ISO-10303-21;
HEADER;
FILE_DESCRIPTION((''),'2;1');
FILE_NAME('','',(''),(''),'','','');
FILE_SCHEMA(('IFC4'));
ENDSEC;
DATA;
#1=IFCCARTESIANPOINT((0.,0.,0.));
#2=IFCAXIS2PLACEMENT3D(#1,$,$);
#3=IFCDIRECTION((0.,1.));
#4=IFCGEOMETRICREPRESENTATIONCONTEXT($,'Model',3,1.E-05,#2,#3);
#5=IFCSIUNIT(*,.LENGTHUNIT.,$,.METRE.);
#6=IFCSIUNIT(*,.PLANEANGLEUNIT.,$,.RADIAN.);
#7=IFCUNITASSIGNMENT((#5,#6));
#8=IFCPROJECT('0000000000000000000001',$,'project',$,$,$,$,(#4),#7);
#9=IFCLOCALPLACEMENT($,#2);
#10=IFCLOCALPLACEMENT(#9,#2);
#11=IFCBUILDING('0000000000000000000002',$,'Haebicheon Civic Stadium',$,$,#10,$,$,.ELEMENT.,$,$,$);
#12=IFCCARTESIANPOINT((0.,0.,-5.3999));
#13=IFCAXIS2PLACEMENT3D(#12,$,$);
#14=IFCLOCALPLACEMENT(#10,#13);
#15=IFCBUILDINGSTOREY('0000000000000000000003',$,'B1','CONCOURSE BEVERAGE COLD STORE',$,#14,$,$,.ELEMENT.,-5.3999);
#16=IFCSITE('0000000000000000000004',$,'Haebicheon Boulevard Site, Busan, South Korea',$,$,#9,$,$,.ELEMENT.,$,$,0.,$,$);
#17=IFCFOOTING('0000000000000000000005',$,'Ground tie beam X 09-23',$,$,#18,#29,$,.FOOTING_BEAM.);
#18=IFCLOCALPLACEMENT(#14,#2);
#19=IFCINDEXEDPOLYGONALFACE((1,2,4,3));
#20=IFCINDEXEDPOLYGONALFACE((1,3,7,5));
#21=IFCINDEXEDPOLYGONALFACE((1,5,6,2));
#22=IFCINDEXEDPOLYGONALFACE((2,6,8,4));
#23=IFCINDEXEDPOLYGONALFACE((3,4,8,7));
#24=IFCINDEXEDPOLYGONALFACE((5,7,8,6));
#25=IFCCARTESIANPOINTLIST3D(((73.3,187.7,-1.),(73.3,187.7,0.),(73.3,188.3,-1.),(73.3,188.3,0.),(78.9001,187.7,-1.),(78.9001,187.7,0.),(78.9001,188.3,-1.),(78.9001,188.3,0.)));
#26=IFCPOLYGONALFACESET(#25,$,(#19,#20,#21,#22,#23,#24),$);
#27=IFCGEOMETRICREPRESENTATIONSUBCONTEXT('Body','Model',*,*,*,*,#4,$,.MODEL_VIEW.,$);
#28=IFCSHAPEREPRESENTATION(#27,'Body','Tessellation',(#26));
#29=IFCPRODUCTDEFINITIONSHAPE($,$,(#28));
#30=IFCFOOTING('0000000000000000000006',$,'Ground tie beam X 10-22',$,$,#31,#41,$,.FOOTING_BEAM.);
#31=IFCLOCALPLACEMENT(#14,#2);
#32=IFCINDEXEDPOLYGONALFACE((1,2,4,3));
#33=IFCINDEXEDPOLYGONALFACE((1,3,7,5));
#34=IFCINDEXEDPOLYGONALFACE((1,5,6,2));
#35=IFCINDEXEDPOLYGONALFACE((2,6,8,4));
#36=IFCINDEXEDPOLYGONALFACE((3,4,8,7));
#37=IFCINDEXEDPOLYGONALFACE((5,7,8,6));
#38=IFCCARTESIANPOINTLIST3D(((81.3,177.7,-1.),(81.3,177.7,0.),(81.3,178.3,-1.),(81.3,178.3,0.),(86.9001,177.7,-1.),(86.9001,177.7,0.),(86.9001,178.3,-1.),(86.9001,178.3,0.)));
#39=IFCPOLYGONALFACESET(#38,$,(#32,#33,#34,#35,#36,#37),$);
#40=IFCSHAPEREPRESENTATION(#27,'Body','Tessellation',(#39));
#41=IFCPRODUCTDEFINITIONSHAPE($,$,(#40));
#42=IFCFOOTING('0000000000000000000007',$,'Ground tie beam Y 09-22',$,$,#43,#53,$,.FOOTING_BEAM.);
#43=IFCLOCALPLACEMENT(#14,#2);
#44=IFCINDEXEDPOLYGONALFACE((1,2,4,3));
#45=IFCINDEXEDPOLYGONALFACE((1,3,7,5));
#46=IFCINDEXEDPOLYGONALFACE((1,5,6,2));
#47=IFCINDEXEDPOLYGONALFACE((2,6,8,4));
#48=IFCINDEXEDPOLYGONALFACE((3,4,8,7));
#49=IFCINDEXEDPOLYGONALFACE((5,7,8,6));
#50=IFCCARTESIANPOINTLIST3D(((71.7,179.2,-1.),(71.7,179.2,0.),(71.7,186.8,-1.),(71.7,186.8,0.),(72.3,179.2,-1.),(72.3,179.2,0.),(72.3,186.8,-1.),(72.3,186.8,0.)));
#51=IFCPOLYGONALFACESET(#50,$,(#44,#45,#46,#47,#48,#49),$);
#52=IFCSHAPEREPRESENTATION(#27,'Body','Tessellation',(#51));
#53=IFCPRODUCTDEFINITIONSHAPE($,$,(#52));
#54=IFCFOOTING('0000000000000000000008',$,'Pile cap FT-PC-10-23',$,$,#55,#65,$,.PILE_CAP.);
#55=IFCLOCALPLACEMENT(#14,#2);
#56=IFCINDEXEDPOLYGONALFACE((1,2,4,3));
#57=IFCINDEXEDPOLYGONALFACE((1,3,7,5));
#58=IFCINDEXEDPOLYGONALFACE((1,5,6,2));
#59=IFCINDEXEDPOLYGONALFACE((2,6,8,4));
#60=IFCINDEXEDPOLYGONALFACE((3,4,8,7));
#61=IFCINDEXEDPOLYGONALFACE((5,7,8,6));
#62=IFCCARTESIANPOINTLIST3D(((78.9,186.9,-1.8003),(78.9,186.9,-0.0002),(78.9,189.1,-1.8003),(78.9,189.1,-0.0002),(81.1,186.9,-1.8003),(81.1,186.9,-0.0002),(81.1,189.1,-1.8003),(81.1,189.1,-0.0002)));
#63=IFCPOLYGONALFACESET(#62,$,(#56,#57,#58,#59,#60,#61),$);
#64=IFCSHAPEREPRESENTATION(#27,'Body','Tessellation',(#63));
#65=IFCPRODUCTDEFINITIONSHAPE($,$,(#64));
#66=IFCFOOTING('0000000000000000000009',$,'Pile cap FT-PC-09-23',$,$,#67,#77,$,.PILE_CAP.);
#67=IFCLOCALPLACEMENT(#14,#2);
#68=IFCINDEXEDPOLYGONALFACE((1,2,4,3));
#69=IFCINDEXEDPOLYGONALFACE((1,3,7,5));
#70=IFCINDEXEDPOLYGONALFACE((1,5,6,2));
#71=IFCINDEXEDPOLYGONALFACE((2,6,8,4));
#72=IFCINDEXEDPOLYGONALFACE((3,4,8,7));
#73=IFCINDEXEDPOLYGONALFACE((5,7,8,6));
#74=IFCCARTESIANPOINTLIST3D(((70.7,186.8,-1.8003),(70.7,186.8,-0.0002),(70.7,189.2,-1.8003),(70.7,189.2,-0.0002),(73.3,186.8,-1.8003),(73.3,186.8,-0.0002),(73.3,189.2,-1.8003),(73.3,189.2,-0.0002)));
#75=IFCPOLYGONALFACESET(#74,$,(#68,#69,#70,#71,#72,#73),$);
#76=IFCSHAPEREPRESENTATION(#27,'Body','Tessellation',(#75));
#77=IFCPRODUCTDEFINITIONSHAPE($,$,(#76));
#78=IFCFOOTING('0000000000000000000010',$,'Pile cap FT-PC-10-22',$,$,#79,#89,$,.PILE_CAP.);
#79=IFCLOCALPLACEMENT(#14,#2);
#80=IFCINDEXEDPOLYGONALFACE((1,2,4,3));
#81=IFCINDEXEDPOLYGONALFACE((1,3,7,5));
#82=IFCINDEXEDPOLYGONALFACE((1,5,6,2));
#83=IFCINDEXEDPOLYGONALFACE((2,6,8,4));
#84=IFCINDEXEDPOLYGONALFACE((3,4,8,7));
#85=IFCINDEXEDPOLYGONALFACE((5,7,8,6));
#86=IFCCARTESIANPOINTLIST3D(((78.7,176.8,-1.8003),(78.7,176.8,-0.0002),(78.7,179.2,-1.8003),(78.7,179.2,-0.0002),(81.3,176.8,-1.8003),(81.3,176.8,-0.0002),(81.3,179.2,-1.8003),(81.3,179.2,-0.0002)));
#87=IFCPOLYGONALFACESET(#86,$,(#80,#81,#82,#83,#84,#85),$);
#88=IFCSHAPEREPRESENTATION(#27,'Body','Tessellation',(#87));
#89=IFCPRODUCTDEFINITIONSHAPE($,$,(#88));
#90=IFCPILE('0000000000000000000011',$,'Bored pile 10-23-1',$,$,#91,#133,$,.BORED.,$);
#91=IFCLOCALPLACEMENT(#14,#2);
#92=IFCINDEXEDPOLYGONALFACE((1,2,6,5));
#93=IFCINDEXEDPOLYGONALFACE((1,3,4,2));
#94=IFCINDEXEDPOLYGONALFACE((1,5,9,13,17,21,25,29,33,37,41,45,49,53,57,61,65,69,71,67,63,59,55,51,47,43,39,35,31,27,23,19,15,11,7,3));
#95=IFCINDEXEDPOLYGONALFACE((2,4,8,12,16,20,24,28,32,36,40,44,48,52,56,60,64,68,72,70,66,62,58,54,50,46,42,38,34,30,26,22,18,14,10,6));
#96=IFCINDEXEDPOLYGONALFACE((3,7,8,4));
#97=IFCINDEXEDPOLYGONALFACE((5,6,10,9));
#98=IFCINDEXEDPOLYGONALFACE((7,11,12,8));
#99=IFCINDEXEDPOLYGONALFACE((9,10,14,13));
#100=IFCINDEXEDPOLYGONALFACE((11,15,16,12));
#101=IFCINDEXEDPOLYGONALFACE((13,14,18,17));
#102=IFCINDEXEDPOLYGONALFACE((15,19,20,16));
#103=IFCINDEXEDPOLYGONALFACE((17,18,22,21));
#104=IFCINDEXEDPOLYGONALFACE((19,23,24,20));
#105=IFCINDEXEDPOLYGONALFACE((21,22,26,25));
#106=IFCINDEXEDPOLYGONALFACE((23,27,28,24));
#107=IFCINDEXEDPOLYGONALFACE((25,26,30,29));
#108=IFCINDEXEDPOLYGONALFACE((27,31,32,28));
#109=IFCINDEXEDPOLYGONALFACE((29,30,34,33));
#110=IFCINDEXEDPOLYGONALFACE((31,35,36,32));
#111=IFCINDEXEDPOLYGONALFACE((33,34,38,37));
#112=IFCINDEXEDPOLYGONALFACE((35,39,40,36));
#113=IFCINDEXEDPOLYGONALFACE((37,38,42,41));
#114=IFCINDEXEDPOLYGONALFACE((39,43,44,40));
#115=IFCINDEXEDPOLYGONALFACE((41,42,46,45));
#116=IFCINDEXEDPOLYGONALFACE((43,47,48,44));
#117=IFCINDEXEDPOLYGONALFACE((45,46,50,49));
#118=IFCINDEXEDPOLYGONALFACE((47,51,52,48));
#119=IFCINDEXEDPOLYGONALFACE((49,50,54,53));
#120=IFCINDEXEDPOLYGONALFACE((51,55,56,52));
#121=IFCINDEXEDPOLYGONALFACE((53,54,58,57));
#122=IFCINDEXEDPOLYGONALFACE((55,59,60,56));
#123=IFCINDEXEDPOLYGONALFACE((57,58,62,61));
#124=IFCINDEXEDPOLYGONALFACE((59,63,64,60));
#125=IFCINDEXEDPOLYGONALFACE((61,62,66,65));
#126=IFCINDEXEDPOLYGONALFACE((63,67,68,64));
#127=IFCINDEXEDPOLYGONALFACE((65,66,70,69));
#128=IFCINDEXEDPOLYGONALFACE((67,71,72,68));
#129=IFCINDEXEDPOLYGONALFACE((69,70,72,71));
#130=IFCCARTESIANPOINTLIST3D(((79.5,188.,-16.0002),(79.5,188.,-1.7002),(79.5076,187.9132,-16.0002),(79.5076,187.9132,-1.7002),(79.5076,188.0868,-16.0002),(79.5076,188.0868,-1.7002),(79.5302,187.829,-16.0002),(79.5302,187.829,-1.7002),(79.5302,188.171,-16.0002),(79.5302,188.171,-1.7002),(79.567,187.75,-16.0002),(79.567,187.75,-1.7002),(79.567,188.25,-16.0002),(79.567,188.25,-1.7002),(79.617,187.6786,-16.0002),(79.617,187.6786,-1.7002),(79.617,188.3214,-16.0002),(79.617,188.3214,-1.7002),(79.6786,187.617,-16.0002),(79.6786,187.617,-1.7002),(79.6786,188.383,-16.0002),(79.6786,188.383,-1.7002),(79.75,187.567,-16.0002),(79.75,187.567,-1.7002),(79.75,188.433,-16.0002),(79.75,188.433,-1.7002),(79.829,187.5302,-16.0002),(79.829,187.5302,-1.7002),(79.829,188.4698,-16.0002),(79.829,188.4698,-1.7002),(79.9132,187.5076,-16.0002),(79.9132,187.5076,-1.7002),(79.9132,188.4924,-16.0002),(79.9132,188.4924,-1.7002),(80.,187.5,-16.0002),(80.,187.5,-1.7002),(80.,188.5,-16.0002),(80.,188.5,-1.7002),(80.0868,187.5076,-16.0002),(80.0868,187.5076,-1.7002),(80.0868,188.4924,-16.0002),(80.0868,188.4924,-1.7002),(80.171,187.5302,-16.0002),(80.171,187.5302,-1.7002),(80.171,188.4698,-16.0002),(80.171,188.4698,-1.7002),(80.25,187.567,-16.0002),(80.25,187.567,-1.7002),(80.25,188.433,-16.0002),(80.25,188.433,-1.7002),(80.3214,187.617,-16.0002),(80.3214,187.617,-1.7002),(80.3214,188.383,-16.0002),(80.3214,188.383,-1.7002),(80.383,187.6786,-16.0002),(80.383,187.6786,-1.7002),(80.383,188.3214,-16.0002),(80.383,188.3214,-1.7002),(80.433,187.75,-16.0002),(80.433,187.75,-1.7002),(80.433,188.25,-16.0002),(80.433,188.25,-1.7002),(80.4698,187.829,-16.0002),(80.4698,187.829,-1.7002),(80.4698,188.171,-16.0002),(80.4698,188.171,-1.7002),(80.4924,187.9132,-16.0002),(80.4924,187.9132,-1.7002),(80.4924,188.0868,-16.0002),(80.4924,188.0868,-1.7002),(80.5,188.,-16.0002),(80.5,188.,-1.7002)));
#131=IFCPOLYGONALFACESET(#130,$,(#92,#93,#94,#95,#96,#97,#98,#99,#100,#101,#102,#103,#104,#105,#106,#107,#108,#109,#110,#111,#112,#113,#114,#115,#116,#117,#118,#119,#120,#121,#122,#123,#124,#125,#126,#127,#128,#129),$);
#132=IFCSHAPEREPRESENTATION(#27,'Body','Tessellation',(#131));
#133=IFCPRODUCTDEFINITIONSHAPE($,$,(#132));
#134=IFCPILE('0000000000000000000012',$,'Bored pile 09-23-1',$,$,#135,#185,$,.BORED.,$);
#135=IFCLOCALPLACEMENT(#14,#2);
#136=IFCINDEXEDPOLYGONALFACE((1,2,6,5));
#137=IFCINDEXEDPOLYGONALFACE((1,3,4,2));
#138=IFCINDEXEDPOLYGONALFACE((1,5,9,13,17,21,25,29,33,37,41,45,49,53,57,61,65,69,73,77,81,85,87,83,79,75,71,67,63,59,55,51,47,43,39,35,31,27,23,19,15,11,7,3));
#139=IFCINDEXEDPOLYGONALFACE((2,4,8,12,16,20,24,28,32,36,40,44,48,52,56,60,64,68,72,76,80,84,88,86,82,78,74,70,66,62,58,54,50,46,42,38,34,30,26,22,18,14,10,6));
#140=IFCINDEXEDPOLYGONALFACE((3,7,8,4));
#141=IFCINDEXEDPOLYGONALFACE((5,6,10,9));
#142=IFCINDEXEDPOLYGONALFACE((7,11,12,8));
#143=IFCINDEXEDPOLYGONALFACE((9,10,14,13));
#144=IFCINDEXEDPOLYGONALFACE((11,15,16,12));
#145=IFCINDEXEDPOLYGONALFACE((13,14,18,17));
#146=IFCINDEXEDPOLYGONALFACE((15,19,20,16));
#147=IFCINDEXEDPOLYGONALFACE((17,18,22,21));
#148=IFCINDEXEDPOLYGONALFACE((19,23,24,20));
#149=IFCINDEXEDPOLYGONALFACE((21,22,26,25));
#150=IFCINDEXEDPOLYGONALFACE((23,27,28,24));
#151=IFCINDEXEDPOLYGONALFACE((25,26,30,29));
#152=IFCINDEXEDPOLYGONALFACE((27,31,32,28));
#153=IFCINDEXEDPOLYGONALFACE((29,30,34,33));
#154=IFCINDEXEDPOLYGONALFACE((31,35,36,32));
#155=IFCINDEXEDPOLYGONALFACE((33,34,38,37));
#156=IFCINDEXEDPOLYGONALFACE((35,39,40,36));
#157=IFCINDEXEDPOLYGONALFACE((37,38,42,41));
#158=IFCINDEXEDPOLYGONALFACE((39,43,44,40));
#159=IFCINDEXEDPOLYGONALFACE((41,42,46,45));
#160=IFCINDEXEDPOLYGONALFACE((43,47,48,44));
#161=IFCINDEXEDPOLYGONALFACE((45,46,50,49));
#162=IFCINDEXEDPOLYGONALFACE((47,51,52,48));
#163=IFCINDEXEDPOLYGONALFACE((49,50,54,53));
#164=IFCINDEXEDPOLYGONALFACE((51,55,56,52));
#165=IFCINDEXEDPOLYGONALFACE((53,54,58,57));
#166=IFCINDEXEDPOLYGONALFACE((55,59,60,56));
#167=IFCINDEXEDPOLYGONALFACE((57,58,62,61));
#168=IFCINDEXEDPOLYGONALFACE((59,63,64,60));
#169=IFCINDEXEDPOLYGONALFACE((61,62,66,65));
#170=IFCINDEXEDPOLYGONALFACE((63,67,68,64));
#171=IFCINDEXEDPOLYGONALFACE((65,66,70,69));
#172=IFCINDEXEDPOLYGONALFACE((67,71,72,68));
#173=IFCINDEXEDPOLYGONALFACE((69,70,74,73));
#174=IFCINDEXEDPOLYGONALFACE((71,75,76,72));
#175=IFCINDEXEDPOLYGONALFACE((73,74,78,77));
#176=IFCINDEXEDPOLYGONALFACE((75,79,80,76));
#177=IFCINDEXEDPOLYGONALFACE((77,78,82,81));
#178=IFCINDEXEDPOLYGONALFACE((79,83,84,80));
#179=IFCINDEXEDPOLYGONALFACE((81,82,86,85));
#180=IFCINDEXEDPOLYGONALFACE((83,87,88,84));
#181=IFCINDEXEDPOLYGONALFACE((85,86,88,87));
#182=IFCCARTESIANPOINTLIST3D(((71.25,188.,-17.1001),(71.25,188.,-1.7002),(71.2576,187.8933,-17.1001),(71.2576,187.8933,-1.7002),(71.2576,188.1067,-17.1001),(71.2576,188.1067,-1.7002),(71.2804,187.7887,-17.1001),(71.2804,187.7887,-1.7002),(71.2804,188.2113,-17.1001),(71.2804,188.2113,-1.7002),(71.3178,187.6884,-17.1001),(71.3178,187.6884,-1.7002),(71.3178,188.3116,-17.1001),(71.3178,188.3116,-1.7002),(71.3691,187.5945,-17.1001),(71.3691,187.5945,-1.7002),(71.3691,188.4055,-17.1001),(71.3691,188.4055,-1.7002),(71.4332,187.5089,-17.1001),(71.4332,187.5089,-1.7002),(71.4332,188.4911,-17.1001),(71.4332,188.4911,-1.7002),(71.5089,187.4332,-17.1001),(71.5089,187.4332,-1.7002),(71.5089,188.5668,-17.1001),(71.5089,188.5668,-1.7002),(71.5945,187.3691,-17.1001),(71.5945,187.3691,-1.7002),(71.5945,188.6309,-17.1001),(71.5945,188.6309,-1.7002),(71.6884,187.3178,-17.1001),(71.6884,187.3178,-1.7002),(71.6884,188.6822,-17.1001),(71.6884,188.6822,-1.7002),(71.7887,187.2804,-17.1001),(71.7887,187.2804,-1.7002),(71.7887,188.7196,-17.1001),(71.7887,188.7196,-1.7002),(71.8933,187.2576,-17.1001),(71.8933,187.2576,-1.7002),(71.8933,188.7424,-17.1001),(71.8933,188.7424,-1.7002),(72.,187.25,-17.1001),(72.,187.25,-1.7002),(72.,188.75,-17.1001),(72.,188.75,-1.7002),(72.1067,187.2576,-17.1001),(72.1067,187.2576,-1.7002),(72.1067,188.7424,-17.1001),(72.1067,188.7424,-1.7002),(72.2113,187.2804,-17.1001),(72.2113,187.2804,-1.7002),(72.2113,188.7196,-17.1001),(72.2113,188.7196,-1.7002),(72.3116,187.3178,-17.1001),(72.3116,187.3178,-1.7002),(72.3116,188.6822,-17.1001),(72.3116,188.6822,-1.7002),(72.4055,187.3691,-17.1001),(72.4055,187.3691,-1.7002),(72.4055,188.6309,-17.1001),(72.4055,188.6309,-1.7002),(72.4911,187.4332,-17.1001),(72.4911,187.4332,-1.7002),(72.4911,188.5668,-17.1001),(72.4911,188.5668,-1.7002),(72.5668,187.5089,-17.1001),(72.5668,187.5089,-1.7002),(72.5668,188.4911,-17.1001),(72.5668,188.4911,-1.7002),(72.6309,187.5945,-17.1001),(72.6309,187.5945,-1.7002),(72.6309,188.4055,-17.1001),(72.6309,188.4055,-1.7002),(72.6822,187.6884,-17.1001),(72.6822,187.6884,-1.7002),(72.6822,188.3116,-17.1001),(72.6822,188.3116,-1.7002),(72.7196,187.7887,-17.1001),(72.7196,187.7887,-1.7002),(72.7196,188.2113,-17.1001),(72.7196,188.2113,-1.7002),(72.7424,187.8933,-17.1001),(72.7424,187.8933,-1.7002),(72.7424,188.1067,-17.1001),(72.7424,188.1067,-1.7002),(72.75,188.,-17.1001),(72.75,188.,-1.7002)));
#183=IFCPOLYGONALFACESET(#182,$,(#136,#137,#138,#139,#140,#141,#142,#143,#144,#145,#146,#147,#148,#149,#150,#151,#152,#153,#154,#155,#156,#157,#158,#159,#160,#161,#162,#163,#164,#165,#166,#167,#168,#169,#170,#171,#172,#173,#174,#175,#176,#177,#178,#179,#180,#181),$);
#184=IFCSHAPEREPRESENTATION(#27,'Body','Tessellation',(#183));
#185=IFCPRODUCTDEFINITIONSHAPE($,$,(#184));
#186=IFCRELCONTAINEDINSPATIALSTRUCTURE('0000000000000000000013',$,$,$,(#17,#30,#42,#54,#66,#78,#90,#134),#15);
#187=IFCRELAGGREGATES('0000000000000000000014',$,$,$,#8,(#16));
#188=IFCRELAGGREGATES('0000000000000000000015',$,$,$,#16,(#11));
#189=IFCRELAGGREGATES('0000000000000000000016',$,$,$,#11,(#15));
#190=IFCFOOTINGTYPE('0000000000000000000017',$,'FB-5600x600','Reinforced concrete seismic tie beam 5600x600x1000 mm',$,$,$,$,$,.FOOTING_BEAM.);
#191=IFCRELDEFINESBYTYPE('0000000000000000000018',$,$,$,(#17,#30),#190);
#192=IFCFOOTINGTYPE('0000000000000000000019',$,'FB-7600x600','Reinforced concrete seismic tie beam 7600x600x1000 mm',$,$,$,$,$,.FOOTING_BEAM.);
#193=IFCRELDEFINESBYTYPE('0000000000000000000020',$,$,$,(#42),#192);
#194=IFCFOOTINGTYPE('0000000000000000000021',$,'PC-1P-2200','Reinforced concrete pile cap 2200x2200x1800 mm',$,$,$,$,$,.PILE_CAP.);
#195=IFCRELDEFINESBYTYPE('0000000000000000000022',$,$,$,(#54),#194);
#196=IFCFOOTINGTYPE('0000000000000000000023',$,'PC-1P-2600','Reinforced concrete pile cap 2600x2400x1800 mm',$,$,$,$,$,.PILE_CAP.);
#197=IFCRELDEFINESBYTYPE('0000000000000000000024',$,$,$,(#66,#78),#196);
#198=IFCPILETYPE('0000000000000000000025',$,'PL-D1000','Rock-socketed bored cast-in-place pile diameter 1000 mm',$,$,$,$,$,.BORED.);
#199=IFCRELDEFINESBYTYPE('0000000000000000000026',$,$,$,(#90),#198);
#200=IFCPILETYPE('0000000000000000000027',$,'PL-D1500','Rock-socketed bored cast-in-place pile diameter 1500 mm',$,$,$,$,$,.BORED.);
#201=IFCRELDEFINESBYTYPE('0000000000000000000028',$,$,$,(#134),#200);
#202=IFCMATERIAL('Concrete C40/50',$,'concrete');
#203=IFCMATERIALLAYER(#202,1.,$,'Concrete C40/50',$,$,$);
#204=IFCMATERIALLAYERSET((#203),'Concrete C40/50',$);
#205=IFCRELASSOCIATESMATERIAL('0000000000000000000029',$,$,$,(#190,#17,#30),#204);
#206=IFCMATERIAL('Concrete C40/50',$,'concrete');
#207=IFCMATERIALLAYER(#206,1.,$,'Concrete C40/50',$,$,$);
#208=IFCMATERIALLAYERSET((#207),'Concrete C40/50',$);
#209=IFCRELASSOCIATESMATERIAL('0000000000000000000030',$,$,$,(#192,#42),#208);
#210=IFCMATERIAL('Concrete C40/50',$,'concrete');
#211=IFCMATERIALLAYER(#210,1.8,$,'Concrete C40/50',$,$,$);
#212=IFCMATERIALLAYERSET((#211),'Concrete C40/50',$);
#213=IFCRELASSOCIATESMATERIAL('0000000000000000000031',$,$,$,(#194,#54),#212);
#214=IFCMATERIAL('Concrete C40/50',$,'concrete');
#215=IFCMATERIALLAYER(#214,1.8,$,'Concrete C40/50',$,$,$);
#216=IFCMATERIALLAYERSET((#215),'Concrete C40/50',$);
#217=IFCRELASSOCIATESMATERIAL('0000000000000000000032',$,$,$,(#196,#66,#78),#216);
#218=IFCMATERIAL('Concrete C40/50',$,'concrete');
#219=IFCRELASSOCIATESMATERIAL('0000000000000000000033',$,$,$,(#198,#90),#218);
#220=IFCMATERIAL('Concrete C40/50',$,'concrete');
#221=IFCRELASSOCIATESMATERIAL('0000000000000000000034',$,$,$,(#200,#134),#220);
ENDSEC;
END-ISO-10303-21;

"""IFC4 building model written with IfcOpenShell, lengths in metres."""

from ifc_helpers import new_model, si_unit, direction, frame, origin, origin_2d, place, context, subcontext, project, spatial, rectangle, circle, extrude, material, layer, layer_set, material_profile, profile_set, type_object, element, save


model = new_model("IFC4")

# Units and contexts
model_context = context("Model", 3, precision=1e-05, world=origin(), true_north=direction((0.0, 1.0)))
body_context = subcontext(model_context, "Body", "Model", "MODEL_VIEW")
ifc_project = project(units=[si_unit("LENGTHUNIT", "METRE"), si_unit("PLANEANGLEUNIT", "RADIAN")], contexts=[model_context])

# Site, building, storey
site_placement = place(None, origin())
site = spatial("IfcSite", under=ifc_project, at=site_placement, Name="Haebicheon Boulevard Site, Busan, South Korea", CompositionType="ELEMENT", RefElevation=0.0)
building_placement = place(site_placement, origin())
building = spatial("IfcBuilding", under=site, at=building_placement, Name="Haebicheon Civic Stadium", CompositionType="ELEMENT")
storey_placement = place(building_placement, frame((0.0, 0.0, -5.3999)))
storey = spatial("IfcBuildingStorey", under=building, at=storey_placement, Name="B1", Description="CONCOURSE BEVERAGE COLD STORE", CompositionType="ELEMENT", Elevation=-5.3999)

# Footings
ifc_material_1 = material(Name="Concrete C40/50", Category="concrete")
ifc_layer_1 = layer(ifc_material_1, 1.0, Name="Concrete C40/50")
ifc_layer_set_1 = layer_set([ifc_layer_1], Name="Concrete C40/50")
footing_type_1 = type_object("IfcFootingType", Name="FB-5600x600", Description="Reinforced concrete seismic tie beam 5600x600x1000 mm", PredefinedType="FOOTING_BEAM", material=ifc_layer_set_1)
for number, where, z_axis, x_axis, name in (
    (1, (76.1001, 188.0, -1.0), (0.0, 0.0, 1.0), (1.0, 0.0, 0.0), "Ground tie beam X 09-23"),
    (2, (84.1001, 178.0, -1.0), (0.0, 0.0, 1.0), (1.0, 0.0, 0.0), "Ground tie beam X 10-22"),
):
    element("IfcFooting", number, at=place(storey_placement, frame(where, z_axis=z_axis, x_axis=x_axis)), inside=storey, type_object=footing_type_1, material=ifc_layer_set_1, Name=name, PredefinedType="FOOTING_BEAM", context=body_context, shape_type="SweptSolid", body=[
        extrude(rectangle(XDim=5.6001, YDim=0.6001, at=origin_2d()), origin(), (0.0, 0.0, 1.0), 1.0),
    ])
ifc_material_2 = material(Name="Concrete C40/50", Category="concrete")
ifc_layer_2 = layer(ifc_material_2, 1.0, Name="Concrete C40/50")
ifc_layer_set_2 = layer_set([ifc_layer_2], Name="Concrete C40/50")
footing_type_2 = type_object("IfcFootingType", Name="FB-7600x600", Description="Reinforced concrete seismic tie beam 7600x600x1000 mm", PredefinedType="FOOTING_BEAM", material=ifc_layer_set_2)
footing_1_placement = place(storey_placement, frame((72.0, 183.0, -1.0), z_axis=(0.0, 0.0, 1.0), x_axis=(0.0, 1.0, 0.0)))
element("IfcFooting", 3, at=footing_1_placement, inside=storey, type_object=footing_type_2, material=ifc_layer_set_2, Name="Ground tie beam Y 09-22", PredefinedType="FOOTING_BEAM", context=body_context, shape_type="SweptSolid", body=[
    extrude(rectangle(XDim=7.6001, YDim=0.6001, at=origin_2d()), origin(), (0.0, 0.0, 1.0), 1.0),
])
ifc_material_3 = material(Name="Concrete C40/50", Category="concrete")
ifc_layer_3 = layer(ifc_material_3, 1.8, Name="Concrete C40/50")
ifc_layer_set_3 = layer_set([ifc_layer_3], Name="Concrete C40/50")
footing_type_3 = type_object("IfcFootingType", Name="PC-1P-2200", Description="Reinforced concrete pile cap 2200x2200x1800 mm", PredefinedType="PILE_CAP", material=ifc_layer_set_3)
footing_2_placement = place(storey_placement, frame((80.0, 188.0, -1.8003), z_axis=(0.0, 0.0, 1.0), x_axis=(1.0, 0.0, 0.0)))
element("IfcFooting", 4, at=footing_2_placement, inside=storey, type_object=footing_type_3, material=ifc_layer_set_3, Name="Pile cap FT-PC-10-23", PredefinedType="PILE_CAP", context=body_context, shape_type="SweptSolid", body=[
    extrude(rectangle(XDim=2.2, YDim=2.2, at=origin_2d()), origin(), (0.0, 0.0, 1.0), 1.8),
])
ifc_material_4 = material(Name="Concrete C40/50", Category="concrete")
ifc_layer_4 = layer(ifc_material_4, 1.8, Name="Concrete C40/50")
ifc_layer_set_4 = layer_set([ifc_layer_4], Name="Concrete C40/50")
footing_type_4 = type_object("IfcFootingType", Name="PC-1P-2600", Description="Reinforced concrete pile cap 2600x2400x1800 mm", PredefinedType="PILE_CAP", material=ifc_layer_set_4)
for number, where, z_axis, x_axis, name in (
    (5, (72.0, 188.0, -1.8003), (0.0, 0.0, 1.0), (1.0, 0.0, 0.0), "Pile cap FT-PC-09-23"),
    (6, (80.0, 178.0, -1.8003), (0.0, 0.0, 1.0), (1.0, 0.0, 0.0), "Pile cap FT-PC-10-22"),
):
    element("IfcFooting", number, at=place(storey_placement, frame(where, z_axis=z_axis, x_axis=x_axis)), inside=storey, type_object=footing_type_4, material=ifc_layer_set_4, Name=name, PredefinedType="PILE_CAP", context=body_context, shape_type="SweptSolid", body=[
        extrude(rectangle(XDim=2.6001, YDim=2.3999, at=origin_2d()), origin(), (0.0, 0.0, 1.0), 1.8),
    ])

# Piles
ifc_material_5 = material(Name="Concrete C40/50", Category="concrete")
ifc_material_profile_1 = material_profile(ifc_material_5, circle(Radius=0.5, at=origin_2d()), Name="PILE-D1000")
ifc_profile_set_1 = profile_set([ifc_material_profile_1], Name="Concrete C40/50")
pile_type_1 = type_object("IfcPileType", Name="PL-D1000", Description="Rock-socketed bored cast-in-place pile diameter 1000 mm", PredefinedType="BORED", material=ifc_profile_set_1)
pile_placement = place(storey_placement, frame((80.0, 188.0, -1.7002), z_axis=(0.0, 0.0, -1.0), x_axis=(1.0, 0.0, 0.0)))
element("IfcPile", 7, at=pile_placement, inside=storey, type_object=pile_type_1, material=ifc_profile_set_1, Name="Bored pile 10-23-1", PredefinedType="BORED", context=body_context, shape_type="SweptSolid", body=[
    extrude(circle(Radius=0.5, at=origin_2d()), origin(), (0.0, 0.0, 1.0), 14.3),
])
ifc_material_6 = material(Name="Concrete C40/50", Category="concrete")
ifc_material_profile_2 = material_profile(ifc_material_6, circle(Radius=0.75, at=origin_2d()), Name="PILE-D1500")
ifc_profile_set_2 = profile_set([ifc_material_profile_2], Name="Concrete C40/50")
pile_type_2 = type_object("IfcPileType", Name="PL-D1500", Description="Rock-socketed bored cast-in-place pile diameter 1500 mm", PredefinedType="BORED", material=ifc_profile_set_2)
for number, where, z_axis, x_axis, name in (
    (8, (72.0, 188.0, -1.7002), (0.0, 0.0, -1.0), (1.0, 0.0, 0.0), "Bored pile 09-23-1"),
):
    element("IfcPile", number, at=place(storey_placement, frame(where, z_axis=z_axis, x_axis=x_axis)), inside=storey, type_object=pile_type_2, material=ifc_profile_set_2, Name=name, PredefinedType="BORED", context=body_context, shape_type="SweptSolid", body=[
        extrude(circle(Radius=0.75, at=origin_2d()), origin(), (0.0, 0.0, 1.0), 15.3999),
    ])

save(model, "model.ifc")
